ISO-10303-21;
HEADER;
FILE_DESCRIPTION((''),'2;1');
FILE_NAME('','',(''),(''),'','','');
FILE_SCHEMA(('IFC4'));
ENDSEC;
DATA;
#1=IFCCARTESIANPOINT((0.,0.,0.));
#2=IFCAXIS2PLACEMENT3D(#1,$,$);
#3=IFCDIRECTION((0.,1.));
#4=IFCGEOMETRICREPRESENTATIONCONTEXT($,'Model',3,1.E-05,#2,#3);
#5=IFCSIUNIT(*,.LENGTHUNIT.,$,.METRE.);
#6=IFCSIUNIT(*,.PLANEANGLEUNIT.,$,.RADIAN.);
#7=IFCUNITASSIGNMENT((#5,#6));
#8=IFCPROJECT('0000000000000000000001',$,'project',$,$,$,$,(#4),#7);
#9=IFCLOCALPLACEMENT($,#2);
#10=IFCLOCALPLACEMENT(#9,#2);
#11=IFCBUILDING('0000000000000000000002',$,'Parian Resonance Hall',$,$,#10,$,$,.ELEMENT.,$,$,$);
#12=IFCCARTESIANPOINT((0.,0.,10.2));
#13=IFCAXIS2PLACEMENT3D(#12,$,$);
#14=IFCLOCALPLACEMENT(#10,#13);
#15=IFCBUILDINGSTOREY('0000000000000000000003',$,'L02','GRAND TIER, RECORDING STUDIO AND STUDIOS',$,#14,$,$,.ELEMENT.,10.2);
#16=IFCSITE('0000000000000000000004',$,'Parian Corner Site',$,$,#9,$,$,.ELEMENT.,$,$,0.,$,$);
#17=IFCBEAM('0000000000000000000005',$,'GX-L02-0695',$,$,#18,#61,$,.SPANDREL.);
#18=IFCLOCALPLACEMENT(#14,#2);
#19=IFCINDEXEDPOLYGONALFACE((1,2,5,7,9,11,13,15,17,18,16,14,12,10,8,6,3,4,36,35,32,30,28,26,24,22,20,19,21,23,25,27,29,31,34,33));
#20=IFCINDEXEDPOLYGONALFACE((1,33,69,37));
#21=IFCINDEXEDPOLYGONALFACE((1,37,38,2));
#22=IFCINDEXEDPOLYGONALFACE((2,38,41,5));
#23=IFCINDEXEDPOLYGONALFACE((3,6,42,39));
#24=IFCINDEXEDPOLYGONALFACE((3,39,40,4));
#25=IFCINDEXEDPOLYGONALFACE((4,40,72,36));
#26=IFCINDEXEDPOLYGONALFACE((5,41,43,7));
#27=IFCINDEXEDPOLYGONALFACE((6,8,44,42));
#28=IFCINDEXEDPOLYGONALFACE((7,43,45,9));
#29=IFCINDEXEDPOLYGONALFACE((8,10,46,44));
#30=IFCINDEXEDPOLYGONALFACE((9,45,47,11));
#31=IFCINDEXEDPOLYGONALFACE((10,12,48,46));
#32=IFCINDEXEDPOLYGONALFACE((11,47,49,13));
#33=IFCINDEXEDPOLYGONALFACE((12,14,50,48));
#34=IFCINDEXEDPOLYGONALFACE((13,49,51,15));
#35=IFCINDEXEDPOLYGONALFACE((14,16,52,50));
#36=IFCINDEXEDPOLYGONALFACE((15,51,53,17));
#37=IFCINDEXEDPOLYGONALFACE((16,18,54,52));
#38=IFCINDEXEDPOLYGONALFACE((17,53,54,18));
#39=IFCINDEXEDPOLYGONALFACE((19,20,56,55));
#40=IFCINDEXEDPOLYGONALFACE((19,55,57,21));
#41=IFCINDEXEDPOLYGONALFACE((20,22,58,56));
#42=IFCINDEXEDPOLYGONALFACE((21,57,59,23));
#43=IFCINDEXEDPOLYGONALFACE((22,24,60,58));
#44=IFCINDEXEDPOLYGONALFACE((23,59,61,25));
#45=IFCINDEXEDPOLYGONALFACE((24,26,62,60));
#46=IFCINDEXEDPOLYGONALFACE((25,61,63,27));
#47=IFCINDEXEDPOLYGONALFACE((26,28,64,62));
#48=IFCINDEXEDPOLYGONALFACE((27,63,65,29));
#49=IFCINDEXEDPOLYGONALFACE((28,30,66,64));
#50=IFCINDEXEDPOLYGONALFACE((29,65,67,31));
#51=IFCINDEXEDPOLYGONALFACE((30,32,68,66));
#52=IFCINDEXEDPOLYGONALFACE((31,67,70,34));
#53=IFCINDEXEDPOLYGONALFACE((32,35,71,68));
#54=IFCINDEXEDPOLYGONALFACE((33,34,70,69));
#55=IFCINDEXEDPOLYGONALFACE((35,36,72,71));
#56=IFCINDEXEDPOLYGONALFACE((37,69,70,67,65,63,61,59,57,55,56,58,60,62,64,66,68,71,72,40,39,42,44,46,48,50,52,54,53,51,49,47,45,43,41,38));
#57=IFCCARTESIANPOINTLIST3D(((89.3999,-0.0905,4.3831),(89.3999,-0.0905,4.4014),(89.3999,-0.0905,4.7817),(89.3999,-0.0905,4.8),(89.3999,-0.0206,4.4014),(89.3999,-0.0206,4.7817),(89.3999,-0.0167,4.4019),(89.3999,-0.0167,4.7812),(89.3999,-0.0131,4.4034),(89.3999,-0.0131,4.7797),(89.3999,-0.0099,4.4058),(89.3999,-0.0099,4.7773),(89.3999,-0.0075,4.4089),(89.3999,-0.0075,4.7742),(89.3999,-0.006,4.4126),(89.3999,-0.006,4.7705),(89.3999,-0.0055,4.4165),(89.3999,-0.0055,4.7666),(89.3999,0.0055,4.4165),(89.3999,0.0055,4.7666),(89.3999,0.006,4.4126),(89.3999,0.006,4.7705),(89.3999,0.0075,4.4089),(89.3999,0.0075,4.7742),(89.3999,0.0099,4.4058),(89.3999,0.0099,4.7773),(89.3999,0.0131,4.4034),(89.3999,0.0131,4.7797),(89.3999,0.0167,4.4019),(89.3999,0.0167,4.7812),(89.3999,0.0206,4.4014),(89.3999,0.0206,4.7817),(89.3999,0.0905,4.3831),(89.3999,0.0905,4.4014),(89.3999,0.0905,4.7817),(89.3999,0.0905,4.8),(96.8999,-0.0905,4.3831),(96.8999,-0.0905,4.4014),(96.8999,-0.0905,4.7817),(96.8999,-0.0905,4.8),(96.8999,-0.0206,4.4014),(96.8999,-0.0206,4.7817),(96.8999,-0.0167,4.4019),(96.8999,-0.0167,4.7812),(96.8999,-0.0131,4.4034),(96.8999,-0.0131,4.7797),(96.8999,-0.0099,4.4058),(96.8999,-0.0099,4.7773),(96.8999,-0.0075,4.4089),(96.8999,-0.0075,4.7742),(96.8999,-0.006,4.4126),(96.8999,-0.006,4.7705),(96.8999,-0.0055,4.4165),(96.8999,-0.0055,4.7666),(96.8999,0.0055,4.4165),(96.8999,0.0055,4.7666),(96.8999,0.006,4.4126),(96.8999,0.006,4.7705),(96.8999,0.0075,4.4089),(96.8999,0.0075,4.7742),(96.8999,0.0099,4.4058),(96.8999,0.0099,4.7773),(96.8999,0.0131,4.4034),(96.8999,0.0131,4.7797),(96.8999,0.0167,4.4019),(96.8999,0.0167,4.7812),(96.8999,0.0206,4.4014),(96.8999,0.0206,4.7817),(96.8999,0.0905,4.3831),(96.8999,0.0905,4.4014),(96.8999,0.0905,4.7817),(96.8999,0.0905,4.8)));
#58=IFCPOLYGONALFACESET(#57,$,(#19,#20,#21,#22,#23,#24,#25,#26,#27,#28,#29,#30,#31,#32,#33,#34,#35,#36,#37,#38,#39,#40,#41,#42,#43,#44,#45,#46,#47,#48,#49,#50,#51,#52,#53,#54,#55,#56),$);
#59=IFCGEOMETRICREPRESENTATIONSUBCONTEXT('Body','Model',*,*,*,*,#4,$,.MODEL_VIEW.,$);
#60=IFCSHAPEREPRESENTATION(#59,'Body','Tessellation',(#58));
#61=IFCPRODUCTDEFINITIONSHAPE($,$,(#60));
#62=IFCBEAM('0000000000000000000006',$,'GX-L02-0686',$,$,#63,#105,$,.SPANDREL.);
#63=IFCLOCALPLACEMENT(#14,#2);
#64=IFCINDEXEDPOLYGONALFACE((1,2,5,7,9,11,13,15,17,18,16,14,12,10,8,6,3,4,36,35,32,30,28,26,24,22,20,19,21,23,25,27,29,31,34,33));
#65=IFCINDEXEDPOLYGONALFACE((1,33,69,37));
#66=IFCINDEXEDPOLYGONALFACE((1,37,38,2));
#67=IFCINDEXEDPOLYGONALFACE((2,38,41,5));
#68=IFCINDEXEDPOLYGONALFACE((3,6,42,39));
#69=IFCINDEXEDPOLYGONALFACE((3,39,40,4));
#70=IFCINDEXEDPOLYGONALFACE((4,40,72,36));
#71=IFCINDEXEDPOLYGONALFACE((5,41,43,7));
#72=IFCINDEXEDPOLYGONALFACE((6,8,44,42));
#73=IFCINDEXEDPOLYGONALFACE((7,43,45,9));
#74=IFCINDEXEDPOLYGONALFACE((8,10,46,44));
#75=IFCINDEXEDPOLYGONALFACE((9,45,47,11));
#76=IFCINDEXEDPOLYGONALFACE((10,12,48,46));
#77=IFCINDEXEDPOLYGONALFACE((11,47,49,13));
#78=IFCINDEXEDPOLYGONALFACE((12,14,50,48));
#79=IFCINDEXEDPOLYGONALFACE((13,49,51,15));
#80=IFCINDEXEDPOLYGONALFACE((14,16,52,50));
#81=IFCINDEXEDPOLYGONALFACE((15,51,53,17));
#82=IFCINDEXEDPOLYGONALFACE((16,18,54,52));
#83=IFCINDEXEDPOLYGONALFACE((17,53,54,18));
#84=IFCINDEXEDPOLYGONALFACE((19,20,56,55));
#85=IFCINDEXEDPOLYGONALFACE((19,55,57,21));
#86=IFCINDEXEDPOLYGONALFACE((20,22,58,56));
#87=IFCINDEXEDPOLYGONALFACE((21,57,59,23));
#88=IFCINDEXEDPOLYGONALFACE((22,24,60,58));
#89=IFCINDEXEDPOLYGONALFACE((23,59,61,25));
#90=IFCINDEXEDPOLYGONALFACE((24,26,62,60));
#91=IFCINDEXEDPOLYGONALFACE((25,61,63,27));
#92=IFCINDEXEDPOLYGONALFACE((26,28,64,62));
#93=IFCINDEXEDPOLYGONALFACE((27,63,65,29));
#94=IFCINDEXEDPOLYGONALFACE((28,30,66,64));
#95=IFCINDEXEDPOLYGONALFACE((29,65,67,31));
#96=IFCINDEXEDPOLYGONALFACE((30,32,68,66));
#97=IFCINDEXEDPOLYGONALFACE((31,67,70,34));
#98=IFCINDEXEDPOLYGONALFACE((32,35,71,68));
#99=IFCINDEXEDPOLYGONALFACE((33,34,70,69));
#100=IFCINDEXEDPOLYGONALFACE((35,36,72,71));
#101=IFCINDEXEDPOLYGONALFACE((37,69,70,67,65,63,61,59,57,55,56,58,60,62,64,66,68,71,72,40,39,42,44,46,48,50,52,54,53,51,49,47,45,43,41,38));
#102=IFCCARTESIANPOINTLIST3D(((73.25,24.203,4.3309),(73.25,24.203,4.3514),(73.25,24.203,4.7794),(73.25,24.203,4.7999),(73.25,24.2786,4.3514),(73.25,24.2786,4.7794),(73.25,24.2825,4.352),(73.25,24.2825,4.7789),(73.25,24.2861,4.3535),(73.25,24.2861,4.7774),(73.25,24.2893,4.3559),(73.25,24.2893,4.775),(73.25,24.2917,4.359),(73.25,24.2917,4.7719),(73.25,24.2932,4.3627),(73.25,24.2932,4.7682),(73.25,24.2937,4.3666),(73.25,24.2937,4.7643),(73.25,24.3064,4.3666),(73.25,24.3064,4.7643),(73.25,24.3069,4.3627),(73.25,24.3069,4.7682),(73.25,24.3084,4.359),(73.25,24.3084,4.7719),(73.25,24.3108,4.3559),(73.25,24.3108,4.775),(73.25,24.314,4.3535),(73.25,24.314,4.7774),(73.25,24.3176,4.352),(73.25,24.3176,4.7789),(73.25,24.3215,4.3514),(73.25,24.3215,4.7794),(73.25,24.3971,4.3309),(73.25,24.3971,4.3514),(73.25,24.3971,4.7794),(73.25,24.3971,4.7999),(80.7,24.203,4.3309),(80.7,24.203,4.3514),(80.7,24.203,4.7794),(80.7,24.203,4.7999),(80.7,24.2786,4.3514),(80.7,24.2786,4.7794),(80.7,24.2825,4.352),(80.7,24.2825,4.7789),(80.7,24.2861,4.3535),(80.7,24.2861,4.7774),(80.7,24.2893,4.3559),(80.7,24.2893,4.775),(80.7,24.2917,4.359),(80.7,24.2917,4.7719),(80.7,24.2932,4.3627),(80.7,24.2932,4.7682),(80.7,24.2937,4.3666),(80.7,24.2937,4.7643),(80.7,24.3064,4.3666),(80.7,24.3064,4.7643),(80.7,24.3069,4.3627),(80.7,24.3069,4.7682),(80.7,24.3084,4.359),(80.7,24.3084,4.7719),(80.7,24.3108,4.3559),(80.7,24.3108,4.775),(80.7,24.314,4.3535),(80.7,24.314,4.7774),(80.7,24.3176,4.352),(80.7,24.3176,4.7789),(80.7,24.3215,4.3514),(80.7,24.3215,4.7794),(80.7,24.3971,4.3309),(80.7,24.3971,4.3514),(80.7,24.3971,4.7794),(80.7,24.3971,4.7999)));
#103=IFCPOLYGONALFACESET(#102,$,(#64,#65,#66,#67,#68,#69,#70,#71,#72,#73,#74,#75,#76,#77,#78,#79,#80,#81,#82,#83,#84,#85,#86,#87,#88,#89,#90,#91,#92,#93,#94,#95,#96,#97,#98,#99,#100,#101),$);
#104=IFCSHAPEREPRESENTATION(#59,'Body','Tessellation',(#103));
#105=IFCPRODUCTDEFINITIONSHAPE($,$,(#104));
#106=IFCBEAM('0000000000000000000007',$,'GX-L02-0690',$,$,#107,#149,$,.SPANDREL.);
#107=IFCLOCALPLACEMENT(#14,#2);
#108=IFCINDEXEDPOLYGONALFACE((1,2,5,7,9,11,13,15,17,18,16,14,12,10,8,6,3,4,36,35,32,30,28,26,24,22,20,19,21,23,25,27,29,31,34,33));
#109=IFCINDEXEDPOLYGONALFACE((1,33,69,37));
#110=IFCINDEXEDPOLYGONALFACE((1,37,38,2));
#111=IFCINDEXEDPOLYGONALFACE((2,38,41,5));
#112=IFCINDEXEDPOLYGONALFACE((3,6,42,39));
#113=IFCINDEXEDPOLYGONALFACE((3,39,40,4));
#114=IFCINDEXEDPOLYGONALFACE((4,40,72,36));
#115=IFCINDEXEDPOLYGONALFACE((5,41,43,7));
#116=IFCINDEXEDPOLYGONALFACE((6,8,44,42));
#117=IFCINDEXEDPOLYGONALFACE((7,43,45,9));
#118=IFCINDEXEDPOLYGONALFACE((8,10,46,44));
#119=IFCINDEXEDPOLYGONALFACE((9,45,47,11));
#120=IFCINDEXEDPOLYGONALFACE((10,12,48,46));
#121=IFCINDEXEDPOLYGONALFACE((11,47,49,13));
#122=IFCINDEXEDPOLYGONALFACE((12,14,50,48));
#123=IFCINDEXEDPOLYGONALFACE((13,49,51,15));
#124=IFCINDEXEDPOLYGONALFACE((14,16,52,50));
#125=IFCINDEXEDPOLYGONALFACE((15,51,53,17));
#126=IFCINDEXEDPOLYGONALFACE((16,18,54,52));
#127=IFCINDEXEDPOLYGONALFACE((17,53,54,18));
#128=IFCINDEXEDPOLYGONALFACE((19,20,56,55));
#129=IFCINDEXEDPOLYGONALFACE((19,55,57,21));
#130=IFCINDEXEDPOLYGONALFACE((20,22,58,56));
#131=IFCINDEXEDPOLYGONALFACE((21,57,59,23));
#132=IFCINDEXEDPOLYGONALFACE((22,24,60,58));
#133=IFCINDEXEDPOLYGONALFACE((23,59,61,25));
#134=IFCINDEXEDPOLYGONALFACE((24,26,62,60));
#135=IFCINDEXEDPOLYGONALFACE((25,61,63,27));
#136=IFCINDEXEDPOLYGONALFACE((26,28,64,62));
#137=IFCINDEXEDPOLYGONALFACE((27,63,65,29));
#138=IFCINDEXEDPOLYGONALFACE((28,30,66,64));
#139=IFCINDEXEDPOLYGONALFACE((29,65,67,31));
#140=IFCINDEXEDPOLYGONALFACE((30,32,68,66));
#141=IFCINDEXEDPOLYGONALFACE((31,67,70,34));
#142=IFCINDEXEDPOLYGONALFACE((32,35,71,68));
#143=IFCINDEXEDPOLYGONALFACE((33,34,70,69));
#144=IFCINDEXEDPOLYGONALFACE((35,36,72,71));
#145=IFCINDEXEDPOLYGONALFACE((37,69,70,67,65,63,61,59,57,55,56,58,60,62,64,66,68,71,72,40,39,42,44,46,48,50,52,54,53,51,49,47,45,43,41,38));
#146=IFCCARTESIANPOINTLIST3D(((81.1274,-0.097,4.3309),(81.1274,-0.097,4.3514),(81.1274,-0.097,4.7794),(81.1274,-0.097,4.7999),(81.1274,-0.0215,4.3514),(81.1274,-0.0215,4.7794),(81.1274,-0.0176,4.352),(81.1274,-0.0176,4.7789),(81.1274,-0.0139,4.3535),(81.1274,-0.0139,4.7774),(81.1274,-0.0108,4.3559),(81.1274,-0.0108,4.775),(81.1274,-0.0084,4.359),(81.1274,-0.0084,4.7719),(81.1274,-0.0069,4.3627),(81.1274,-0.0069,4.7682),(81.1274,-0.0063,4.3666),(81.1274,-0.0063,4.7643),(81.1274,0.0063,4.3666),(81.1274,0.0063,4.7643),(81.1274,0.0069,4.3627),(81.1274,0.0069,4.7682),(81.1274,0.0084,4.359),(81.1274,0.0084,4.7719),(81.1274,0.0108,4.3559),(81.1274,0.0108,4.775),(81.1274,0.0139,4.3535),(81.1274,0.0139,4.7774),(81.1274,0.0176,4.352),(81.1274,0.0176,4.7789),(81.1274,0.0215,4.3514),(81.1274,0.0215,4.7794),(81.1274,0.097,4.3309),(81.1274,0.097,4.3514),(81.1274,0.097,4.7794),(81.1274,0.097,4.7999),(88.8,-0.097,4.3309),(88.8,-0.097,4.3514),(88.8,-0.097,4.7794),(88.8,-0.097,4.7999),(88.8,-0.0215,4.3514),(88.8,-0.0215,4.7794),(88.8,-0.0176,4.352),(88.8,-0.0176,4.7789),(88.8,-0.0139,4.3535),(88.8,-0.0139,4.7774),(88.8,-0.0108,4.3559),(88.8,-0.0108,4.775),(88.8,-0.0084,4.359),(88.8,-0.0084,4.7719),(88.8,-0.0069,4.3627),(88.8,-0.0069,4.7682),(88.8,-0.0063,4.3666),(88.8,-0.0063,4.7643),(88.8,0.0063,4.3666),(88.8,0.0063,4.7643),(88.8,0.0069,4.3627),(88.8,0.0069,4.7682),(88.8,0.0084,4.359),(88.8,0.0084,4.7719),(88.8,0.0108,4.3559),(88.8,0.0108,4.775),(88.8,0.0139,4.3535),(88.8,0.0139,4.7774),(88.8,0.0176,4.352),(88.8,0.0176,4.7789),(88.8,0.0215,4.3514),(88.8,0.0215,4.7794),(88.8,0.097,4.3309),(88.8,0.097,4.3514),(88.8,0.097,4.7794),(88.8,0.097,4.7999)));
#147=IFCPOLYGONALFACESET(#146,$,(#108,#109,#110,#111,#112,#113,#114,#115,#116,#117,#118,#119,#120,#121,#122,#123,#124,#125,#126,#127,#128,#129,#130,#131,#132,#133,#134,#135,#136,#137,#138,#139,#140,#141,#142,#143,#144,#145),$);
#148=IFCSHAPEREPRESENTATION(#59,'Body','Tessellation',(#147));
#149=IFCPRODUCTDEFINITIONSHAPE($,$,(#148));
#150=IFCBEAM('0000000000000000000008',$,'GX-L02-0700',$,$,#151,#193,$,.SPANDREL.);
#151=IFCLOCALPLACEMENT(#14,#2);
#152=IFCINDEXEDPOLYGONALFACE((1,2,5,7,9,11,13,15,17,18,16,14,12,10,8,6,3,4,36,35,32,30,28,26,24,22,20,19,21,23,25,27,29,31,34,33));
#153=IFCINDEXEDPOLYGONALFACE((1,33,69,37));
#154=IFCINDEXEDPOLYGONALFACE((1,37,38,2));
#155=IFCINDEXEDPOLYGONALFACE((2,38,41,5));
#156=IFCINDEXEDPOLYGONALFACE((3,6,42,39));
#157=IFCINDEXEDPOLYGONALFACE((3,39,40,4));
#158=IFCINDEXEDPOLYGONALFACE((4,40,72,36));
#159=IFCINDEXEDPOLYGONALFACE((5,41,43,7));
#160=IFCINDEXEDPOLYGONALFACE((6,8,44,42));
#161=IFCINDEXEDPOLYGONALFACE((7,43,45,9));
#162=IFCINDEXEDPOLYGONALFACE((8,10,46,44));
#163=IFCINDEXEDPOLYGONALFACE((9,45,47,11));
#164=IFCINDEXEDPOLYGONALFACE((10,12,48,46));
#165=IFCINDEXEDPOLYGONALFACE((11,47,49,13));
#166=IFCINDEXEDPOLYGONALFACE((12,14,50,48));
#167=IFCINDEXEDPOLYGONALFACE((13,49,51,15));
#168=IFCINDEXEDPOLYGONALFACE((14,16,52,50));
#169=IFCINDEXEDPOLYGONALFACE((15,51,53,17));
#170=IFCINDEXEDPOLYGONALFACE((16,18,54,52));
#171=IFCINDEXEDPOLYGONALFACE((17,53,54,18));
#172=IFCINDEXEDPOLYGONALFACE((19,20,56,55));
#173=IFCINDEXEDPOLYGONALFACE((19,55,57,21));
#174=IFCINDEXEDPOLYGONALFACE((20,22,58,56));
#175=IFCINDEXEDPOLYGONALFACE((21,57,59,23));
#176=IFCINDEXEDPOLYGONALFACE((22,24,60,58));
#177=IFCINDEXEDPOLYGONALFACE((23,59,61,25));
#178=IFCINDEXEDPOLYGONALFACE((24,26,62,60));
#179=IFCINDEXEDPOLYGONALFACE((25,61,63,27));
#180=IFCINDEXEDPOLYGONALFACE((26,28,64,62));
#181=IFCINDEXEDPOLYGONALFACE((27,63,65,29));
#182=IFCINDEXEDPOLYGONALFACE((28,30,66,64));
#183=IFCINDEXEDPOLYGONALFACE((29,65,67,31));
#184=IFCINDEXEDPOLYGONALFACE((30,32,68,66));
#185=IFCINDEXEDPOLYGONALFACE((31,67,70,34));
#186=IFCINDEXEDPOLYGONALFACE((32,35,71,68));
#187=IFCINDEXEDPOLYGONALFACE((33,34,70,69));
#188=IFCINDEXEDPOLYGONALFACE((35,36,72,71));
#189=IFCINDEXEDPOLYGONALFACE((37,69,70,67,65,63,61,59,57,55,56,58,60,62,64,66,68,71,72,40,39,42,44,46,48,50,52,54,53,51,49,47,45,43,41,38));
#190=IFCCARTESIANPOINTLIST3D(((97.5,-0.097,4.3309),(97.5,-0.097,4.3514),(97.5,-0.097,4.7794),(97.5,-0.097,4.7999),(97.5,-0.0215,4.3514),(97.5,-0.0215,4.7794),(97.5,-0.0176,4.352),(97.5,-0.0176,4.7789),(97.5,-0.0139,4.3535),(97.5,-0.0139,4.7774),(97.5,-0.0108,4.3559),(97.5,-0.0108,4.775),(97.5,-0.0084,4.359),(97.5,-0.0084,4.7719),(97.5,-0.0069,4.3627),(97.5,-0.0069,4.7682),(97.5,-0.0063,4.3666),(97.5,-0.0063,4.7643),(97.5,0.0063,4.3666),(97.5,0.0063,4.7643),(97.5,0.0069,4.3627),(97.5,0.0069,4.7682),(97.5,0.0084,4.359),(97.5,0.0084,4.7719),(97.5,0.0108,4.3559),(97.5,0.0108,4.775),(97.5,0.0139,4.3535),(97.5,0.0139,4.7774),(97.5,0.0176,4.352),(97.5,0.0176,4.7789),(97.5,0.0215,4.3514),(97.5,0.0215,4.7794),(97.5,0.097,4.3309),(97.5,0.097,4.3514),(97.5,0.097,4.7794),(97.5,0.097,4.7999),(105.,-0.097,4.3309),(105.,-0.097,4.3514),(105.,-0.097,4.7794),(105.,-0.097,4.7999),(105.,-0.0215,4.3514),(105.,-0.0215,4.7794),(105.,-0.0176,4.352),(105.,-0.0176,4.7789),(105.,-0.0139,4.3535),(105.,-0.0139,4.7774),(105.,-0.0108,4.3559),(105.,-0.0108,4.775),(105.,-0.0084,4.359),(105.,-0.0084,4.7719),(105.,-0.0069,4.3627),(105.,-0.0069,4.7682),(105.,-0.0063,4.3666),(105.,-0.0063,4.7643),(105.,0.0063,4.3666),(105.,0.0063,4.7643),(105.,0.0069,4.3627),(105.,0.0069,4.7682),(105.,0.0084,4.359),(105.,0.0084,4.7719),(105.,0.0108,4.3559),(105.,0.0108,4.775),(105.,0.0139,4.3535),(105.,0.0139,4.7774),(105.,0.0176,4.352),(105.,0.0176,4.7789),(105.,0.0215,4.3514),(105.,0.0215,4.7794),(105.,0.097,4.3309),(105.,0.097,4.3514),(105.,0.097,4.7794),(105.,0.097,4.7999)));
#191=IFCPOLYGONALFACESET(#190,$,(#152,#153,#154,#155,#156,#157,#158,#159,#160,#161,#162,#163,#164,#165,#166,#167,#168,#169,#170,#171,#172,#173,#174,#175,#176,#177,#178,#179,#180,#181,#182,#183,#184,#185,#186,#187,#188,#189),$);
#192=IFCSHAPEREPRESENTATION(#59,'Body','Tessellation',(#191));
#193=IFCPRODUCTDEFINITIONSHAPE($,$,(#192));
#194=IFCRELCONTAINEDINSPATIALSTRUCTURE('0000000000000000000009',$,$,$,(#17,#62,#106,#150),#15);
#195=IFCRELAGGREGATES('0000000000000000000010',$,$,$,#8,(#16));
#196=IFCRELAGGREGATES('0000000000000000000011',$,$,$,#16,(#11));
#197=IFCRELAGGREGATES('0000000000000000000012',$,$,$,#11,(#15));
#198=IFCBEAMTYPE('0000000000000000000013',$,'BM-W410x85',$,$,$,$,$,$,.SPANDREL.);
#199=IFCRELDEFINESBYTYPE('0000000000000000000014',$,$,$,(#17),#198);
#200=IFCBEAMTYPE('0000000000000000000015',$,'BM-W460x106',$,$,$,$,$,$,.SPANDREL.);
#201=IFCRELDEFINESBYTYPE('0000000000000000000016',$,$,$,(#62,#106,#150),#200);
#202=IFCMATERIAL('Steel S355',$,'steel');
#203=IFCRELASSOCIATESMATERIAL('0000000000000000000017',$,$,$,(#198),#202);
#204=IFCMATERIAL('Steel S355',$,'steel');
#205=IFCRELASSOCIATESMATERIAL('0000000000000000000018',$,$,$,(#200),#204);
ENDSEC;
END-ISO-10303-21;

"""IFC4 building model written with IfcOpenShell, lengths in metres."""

from ifc_helpers import new_model, si_unit, direction, frame, origin, origin_2d, place, context, subcontext, project, spatial, i_section, extrude, material, material_profile, profile_set, type_object, element, save


model = new_model("IFC4")

# Units and contexts
model_context = context("Model", 3, precision=1e-05, world=origin(), true_north=direction((0.0, 1.0)))
body_context = subcontext(model_context, "Body", "Model", "MODEL_VIEW")
ifc_project = project(units=[si_unit("LENGTHUNIT", "METRE"), si_unit("PLANEANGLEUNIT", "RADIAN")], contexts=[model_context])

# Site, building, storey
site_placement = place(None, origin())
site = spatial("IfcSite", under=ifc_project, at=site_placement, Name="Parian Corner Site", CompositionType="ELEMENT", RefElevation=0.0)
building_placement = place(site_placement, origin())
building = spatial("IfcBuilding", under=site, at=building_placement, Name="Parian Resonance Hall", CompositionType="ELEMENT")
storey_placement = place(building_placement, frame((0.0, 0.0, 10.2)))
storey = spatial("IfcBuildingStorey", under=building, at=storey_placement, Name="L02", Description="GRAND TIER, RECORDING STUDIO AND STUDIOS", CompositionType="ELEMENT", Elevation=10.2)

# Beams
ifc_material_1 = material(Name="Steel S355", Category="steel")
ifc_material_profile_1 = material_profile(ifc_material_1, i_section(OverallWidth=0.1809, OverallDepth=0.417, WebThickness=0.011, FlangeThickness=0.0183, FilletRadius=0.0151, at=origin_2d()), Name="W410x85")
ifc_profile_set_1 = profile_set([ifc_material_profile_1], Name="Steel S355")
beam_type_1 = type_object("IfcBeamType", Name="BM-W410x85", PredefinedType="SPANDREL", material=ifc_profile_set_1)
beam_1_placement = place(storey_placement, frame((89.3999, 0.0, 4.5916), z_axis=(1.0, 0.0, 0.0), x_axis=(0.0, 1.0, 0.0)))
element("IfcBeam", 1, at=beam_1_placement, inside=storey, type_object=beam_type_1, Name="GX-L02-0695", PredefinedType="SPANDREL", context=body_context, shape_type="SweptSolid", body=[
    extrude(i_section(OverallWidth=0.1809, OverallDepth=0.417, WebThickness=0.011, FlangeThickness=0.0183, FilletRadius=0.0151, at=origin_2d()), origin(), (0.0, 0.0, 1.0), 7.5),
])
ifc_material_2 = material(Name="Steel S355", Category="steel")
ifc_material_profile_2 = material_profile(ifc_material_2, i_section(OverallWidth=0.1941, OverallDepth=0.469, WebThickness=0.0127, FlangeThickness=0.0205, FilletRadius=0.0151, at=origin_2d()), Name="W460x106")
ifc_profile_set_2 = profile_set([ifc_material_profile_2], Name="Steel S355")
beam_type_2 = type_object("IfcBeamType", Name="BM-W460x106", PredefinedType="SPANDREL", material=ifc_profile_set_2)
beam_2_placement = place(storey_placement, frame((73.25, 24.3, 4.5654), z_axis=(1.0, 0.0, 0.0), x_axis=(0.0, 1.0, 0.0)))
element("IfcBeam", 2, at=beam_2_placement, inside=storey, type_object=beam_type_2, Name="GX-L02-0686", PredefinedType="SPANDREL", context=body_context, shape_type="SweptSolid", body=[
    extrude(i_section(OverallWidth=0.1941, OverallDepth=0.469, WebThickness=0.0127, FlangeThickness=0.0205, FilletRadius=0.0151, at=origin_2d()), origin(), (0.0, 0.0, 1.0), 7.45),
])
beam_3_placement = place(storey_placement, frame((81.1274, 0.0, 4.5654), z_axis=(1.0, 0.0, 0.0), x_axis=(0.0, 1.0, 0.0)))
element("IfcBeam", 3, at=beam_3_placement, inside=storey, type_object=beam_type_2, Name="GX-L02-0690", PredefinedType="SPANDREL", context=body_context, shape_type="SweptSolid", body=[
    extrude(i_section(OverallWidth=0.1941, OverallDepth=0.469, WebThickness=0.0127, FlangeThickness=0.0205, FilletRadius=0.0151, at=origin_2d()), origin(), (0.0, 0.0, 1.0), 7.6726),
])
beam_4_placement = place(storey_placement, frame((97.5, 0.0, 4.5654), z_axis=(1.0, 0.0, 0.0), x_axis=(0.0, 1.0, 0.0)))
element("IfcBeam", 4, at=beam_4_placement, inside=storey, type_object=beam_type_2, Name="GX-L02-0700", PredefinedType="SPANDREL", context=body_context, shape_type="SweptSolid", body=[
    extrude(i_section(OverallWidth=0.1941, OverallDepth=0.469, WebThickness=0.0127, FlangeThickness=0.0205, FilletRadius=0.0151, at=origin_2d()), origin(), (0.0, 0.0, 1.0), 7.5),
])

save(model, "model.ifc")
